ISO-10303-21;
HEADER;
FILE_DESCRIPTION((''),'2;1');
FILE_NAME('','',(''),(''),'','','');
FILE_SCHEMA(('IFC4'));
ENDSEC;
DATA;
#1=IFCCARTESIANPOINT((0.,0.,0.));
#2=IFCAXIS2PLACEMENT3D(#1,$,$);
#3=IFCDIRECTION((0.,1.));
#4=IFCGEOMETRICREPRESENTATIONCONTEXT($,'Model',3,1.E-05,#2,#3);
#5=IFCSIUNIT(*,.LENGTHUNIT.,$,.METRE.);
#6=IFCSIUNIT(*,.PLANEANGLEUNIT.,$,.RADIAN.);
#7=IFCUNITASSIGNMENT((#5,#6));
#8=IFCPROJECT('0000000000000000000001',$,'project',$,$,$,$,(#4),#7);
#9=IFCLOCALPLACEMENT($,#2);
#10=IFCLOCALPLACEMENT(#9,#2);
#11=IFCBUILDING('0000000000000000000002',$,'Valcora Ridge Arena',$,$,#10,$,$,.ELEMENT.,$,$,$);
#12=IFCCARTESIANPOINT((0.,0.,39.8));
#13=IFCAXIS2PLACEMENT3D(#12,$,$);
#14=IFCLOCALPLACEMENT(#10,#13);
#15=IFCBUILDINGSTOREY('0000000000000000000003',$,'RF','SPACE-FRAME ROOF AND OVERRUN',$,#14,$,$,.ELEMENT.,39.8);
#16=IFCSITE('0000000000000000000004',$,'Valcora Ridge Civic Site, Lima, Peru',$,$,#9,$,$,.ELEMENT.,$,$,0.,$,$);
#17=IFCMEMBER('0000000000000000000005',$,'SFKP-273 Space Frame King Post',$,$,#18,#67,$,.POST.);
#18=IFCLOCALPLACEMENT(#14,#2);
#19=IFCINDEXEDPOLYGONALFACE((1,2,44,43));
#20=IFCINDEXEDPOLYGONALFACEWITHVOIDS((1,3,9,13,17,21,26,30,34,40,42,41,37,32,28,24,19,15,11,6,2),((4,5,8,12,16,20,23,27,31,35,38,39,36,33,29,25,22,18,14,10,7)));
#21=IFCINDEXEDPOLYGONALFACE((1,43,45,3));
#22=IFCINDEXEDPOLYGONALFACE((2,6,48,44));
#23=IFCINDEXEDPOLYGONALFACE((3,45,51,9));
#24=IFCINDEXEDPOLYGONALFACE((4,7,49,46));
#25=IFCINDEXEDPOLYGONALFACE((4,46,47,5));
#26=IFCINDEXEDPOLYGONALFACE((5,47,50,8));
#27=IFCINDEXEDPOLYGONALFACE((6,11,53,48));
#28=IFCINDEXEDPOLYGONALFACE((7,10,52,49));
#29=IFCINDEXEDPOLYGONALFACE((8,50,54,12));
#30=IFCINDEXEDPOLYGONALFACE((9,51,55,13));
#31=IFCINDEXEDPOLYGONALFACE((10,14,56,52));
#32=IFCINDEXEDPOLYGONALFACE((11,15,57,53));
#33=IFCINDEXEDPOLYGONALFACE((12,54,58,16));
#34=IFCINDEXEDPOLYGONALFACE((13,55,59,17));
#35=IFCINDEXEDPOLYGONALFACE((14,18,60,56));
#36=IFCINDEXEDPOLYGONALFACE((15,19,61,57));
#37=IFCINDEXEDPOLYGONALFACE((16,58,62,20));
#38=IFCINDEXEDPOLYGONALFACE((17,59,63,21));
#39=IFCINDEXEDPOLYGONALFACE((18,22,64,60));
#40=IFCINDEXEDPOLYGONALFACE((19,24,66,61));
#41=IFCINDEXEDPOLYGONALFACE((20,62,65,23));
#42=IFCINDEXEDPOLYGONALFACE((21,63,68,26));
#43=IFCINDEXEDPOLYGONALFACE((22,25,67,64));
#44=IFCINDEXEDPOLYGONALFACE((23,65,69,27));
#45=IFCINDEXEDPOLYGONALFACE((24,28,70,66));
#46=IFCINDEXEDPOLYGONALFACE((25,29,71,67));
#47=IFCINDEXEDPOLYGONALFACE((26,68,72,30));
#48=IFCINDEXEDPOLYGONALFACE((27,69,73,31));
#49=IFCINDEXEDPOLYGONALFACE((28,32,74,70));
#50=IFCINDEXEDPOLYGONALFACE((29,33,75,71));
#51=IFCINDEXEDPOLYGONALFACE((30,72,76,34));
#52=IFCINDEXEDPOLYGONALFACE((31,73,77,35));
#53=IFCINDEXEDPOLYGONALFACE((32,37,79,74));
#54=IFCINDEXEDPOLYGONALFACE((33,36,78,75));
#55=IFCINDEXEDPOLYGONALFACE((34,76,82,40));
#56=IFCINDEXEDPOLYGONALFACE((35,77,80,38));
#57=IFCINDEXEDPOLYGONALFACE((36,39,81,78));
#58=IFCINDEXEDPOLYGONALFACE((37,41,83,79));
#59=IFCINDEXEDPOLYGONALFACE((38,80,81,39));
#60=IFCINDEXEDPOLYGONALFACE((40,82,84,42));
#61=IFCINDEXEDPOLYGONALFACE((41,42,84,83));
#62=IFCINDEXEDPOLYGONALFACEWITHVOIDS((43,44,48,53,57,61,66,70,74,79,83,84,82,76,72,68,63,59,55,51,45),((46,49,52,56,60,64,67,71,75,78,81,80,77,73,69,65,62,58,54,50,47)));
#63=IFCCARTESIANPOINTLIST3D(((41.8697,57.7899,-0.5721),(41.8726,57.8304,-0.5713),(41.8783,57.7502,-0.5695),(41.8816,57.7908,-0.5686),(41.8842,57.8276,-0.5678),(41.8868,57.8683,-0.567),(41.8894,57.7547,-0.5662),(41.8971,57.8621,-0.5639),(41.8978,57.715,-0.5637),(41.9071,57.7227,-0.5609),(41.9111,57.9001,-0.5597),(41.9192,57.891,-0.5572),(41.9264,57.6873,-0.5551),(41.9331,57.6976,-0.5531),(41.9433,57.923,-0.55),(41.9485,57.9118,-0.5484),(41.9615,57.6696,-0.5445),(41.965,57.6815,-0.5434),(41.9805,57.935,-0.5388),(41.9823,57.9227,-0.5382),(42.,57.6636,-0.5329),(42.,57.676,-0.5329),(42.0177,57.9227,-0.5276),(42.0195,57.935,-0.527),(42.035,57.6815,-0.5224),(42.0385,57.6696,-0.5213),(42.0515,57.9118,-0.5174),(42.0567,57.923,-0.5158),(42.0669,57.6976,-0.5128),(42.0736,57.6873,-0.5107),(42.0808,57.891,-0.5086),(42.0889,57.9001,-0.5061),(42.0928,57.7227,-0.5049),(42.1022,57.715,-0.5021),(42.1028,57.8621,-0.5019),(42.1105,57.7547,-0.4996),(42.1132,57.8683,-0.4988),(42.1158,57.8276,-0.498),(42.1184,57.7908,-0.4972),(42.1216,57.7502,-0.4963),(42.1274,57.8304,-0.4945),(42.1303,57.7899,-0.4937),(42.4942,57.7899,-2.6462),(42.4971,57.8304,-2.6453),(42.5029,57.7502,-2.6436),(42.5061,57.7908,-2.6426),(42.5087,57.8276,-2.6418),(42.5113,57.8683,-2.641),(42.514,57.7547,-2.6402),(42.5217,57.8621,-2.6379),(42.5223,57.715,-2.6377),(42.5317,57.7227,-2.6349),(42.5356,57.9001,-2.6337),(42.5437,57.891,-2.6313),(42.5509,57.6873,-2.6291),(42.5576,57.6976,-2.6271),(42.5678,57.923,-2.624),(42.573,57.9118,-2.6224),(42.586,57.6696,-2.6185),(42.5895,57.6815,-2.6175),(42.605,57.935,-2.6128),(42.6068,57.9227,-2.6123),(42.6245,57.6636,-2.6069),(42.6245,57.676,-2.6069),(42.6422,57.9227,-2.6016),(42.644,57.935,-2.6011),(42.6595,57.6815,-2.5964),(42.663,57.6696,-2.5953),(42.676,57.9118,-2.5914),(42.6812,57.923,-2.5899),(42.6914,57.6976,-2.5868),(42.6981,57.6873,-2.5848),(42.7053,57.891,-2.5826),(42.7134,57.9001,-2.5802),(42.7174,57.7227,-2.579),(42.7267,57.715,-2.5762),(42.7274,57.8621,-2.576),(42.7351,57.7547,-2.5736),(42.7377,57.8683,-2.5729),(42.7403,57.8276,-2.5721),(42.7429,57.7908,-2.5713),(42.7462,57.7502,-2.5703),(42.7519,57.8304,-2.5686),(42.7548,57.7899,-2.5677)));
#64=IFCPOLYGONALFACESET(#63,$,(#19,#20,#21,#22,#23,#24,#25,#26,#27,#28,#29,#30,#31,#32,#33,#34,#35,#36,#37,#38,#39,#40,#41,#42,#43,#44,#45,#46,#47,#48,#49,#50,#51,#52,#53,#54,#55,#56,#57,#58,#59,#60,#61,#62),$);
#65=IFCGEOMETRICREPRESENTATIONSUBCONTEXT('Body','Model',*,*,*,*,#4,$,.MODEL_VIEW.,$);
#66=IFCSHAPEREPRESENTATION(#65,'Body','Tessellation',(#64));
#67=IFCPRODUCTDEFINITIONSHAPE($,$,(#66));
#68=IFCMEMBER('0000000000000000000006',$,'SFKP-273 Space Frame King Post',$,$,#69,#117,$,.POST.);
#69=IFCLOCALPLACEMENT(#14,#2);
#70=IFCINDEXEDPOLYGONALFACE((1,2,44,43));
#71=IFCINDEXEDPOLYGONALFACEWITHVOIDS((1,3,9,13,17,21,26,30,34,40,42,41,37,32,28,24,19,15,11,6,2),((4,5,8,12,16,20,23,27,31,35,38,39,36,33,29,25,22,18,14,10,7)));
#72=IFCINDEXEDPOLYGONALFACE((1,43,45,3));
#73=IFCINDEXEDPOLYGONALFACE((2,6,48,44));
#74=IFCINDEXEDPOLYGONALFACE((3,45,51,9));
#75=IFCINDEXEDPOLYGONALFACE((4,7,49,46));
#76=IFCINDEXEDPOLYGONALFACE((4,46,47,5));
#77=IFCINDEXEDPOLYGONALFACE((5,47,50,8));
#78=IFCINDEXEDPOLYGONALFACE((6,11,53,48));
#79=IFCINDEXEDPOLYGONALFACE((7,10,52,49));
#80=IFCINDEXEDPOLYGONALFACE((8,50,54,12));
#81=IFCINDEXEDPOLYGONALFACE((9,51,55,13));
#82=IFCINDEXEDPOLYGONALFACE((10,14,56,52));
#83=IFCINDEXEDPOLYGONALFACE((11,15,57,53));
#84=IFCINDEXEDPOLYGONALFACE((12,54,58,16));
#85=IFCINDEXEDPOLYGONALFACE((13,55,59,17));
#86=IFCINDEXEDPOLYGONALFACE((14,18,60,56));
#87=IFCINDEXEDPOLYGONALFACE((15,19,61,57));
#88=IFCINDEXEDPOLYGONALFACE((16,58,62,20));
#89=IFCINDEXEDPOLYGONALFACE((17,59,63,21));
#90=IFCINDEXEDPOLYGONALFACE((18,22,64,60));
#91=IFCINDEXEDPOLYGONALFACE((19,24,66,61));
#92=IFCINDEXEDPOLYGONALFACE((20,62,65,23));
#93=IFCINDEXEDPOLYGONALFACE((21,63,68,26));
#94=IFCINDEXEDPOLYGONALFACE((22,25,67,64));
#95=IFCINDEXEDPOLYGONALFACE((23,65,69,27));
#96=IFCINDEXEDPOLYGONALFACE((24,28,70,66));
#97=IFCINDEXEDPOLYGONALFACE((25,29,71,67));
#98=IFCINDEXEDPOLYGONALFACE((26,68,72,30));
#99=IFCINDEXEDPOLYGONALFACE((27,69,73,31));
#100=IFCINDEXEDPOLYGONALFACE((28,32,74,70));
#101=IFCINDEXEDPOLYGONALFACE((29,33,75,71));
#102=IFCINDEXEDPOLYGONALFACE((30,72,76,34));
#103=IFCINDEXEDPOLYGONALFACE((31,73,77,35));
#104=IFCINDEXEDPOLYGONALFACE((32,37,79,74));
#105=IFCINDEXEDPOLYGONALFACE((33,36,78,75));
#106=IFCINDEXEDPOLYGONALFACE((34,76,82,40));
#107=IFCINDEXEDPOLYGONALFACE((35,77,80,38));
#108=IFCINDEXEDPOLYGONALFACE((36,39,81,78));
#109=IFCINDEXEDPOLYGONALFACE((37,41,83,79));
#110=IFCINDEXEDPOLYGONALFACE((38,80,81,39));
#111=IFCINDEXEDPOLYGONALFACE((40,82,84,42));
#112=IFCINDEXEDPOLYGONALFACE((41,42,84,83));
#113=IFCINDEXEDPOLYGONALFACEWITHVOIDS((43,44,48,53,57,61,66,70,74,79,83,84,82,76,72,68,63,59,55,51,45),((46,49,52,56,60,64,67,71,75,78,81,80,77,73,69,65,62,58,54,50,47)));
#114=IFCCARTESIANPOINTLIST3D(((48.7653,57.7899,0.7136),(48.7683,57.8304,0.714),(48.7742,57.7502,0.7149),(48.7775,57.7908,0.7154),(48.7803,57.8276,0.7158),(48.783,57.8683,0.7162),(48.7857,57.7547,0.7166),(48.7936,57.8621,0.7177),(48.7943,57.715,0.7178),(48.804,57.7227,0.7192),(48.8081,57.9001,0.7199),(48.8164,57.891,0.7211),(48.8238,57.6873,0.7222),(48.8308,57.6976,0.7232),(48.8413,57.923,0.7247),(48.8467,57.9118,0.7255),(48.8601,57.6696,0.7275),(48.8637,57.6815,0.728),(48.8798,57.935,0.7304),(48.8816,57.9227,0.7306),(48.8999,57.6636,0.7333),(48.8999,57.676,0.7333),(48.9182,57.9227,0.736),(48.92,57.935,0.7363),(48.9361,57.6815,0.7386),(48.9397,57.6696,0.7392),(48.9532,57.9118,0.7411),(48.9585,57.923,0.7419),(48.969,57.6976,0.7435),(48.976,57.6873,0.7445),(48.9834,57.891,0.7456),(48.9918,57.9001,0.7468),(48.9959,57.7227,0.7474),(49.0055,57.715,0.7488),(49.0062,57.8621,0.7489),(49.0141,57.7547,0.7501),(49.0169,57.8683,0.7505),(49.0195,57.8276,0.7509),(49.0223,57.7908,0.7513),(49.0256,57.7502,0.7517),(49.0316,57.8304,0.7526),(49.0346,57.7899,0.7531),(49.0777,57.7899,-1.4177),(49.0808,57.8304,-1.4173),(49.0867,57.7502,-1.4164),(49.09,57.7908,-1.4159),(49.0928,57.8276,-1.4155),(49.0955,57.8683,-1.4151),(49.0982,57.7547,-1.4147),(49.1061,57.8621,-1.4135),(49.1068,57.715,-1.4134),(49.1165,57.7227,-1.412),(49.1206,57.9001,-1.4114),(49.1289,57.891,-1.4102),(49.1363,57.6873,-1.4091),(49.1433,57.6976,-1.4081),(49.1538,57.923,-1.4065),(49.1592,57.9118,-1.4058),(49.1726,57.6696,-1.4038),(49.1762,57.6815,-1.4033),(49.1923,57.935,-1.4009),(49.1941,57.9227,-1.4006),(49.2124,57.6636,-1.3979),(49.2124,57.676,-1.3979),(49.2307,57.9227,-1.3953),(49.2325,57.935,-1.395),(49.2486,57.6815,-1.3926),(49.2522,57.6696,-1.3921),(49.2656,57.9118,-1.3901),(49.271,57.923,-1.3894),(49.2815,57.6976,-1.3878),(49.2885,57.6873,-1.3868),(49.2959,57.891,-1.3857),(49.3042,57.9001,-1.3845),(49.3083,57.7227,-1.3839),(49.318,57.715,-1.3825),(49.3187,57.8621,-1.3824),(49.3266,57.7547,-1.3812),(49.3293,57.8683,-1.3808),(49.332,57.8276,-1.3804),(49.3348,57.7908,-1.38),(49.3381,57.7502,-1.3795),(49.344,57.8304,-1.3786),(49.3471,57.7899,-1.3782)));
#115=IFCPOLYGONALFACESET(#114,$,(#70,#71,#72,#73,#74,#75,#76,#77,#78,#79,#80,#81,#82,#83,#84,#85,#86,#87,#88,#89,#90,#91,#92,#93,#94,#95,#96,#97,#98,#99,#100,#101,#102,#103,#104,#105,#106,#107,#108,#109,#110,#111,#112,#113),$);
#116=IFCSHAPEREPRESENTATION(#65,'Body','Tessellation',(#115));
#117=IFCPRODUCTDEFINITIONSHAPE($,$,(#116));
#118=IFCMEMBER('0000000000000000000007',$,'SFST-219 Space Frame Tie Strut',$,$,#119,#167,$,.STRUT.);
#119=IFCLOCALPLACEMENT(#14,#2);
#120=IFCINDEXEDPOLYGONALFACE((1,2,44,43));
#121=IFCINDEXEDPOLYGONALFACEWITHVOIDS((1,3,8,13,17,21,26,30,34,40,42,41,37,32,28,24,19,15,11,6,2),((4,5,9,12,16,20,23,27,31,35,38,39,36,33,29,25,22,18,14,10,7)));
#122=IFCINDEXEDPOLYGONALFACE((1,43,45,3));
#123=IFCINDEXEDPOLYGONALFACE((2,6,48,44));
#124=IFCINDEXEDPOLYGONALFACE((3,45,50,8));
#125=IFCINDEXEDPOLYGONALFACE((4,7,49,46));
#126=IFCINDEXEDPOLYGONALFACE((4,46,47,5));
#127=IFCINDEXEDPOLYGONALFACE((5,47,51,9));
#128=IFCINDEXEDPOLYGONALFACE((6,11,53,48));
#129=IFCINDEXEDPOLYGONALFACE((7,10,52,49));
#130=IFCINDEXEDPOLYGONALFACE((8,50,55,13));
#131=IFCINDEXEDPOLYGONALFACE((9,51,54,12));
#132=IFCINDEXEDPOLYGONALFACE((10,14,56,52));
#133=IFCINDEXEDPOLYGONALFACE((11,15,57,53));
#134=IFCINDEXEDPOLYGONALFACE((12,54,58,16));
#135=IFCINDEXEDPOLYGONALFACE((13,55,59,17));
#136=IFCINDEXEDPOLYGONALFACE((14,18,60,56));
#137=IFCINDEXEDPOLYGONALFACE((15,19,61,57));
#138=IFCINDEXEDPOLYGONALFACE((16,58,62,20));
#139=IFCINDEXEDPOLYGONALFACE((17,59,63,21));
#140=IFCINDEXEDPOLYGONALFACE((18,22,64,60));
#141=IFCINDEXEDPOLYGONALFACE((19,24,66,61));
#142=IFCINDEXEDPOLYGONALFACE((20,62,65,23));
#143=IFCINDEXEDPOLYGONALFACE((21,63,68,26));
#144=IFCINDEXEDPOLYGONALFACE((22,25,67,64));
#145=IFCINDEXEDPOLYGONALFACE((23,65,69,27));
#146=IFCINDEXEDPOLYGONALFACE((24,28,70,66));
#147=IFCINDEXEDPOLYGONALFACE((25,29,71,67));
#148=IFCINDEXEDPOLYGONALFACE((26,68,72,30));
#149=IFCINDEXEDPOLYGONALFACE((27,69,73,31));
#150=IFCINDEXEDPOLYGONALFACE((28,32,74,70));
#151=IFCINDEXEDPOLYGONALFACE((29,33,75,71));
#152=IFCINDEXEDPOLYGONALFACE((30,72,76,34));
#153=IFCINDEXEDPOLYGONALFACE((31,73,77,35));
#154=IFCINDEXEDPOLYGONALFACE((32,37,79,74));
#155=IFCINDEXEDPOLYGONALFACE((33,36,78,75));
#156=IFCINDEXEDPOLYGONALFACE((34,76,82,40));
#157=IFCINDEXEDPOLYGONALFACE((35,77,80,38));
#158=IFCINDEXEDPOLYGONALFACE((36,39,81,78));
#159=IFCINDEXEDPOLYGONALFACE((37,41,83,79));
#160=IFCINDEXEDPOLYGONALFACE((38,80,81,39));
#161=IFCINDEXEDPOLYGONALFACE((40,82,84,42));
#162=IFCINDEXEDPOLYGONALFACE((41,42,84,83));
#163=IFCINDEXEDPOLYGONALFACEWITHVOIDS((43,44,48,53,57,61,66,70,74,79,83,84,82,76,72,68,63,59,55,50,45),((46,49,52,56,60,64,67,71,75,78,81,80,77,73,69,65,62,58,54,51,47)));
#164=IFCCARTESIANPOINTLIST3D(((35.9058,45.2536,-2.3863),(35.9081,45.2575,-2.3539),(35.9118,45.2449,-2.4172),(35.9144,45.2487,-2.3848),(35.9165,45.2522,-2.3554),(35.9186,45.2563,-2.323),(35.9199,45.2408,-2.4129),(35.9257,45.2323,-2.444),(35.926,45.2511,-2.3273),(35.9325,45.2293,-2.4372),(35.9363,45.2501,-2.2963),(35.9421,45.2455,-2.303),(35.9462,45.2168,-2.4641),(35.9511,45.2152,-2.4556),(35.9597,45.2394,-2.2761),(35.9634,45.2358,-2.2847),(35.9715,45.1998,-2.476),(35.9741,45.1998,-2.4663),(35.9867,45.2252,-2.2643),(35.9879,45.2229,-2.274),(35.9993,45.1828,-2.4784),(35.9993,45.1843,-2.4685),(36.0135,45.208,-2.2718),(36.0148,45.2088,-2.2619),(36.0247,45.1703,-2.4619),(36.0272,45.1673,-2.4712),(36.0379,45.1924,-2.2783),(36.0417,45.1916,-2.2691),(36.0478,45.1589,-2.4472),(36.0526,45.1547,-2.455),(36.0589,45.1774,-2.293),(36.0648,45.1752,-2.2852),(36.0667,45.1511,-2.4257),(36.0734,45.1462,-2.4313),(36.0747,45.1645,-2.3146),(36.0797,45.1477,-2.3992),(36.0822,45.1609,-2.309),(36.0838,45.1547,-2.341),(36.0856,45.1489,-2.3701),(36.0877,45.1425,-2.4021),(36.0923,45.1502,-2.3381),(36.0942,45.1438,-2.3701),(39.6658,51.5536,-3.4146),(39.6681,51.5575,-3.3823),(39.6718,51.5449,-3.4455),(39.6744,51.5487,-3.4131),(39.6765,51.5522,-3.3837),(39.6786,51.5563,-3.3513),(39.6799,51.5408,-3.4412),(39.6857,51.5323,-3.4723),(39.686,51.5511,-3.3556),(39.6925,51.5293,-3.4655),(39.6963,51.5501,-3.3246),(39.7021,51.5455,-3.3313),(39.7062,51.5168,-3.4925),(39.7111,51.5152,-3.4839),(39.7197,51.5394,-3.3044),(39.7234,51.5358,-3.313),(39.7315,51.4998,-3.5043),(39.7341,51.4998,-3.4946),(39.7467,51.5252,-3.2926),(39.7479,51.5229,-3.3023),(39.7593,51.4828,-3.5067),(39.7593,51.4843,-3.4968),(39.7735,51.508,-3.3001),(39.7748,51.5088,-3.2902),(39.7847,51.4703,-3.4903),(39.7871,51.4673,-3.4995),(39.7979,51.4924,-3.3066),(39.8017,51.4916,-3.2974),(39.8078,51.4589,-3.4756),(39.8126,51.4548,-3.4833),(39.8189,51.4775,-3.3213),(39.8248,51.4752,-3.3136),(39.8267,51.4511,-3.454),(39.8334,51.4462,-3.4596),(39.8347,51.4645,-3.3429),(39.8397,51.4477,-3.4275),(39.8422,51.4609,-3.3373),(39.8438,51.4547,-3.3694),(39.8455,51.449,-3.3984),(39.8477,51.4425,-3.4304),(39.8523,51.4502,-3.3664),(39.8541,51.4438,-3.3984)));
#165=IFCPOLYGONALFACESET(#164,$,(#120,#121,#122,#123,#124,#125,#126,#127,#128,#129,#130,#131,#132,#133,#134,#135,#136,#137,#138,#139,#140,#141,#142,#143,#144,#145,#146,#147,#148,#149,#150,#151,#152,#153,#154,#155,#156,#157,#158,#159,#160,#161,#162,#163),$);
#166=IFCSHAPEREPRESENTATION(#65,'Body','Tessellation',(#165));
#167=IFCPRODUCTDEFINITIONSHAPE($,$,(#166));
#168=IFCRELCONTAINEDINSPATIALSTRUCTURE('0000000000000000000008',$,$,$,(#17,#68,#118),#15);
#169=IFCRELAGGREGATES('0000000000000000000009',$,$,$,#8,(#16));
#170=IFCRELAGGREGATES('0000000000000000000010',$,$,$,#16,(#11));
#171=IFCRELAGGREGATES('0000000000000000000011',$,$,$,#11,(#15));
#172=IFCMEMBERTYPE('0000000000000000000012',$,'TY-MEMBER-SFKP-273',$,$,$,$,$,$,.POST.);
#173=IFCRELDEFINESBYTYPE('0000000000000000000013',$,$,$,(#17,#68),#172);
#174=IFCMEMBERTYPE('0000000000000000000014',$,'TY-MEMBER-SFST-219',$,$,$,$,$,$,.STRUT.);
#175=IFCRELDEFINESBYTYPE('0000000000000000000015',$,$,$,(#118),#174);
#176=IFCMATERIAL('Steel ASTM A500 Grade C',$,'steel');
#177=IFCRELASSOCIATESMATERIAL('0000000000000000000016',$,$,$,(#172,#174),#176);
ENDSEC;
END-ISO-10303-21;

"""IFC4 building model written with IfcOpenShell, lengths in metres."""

from ifc_helpers import new_model, si_unit, direction, frame, origin, origin_2d, place, context, subcontext, project, spatial, hollow_circle, extrude, material, material_profile, profile_set, type_object, element, save


model = new_model("IFC4")

# Units and contexts
model_context = context("Model", 3, precision=1e-05, world=origin(), true_north=direction((0.0, 1.0)))
body_context = subcontext(model_context, "Body", "Model", "MODEL_VIEW")
ifc_project = project(units=[si_unit("LENGTHUNIT", "METRE"), si_unit("PLANEANGLEUNIT", "RADIAN")], contexts=[model_context])

# Site, building, storey
site_placement = place(None, origin())
site = spatial("IfcSite", under=ifc_project, at=site_placement, Name="Valcora Ridge Civic Site, Lima, Peru", CompositionType="ELEMENT", RefElevation=0.0)
building_placement = place(site_placement, origin())
building = spatial("IfcBuilding", under=site, at=building_placement, Name="Valcora Ridge Arena", CompositionType="ELEMENT")
storey_placement = place(building_placement, frame((0.0, 0.0, 39.8)))
storey = spatial("IfcBuildingStorey", under=building, at=storey_placement, Name="RF", Description="SPACE-FRAME ROOF AND OVERRUN", CompositionType="ELEMENT", Elevation=39.8)

# Members
ifc_material_1 = material(Name="Steel ASTM A500 Grade C", Category="steel")
ifc_material_profile_1 = material_profile(ifc_material_1, hollow_circle(Radius=0.1365, WallThickness=0.0125, at=origin_2d()), Name="CHS273X12")
ifc_profile_set_1 = profile_set([ifc_material_profile_1], Name="Steel ASTM A500 Grade C")
member_type_1 = type_object("IfcMemberType", Name="TY-MEMBER-SFKP-273", PredefinedType="POST", material=ifc_profile_set_1)
member_1_placement = place(storey_placement, frame((42.6245, 57.8, -2.6069), z_axis=(-0.28833, 0.0, 0.957531), x_axis=(0.0, -1.0, 0.0)))
element("IfcMember", 1, at=member_1_placement, inside=storey, type_object=member_type_1, Name="SFKP-273 Space Frame King Post", PredefinedType="POST", context=body_context, shape_type="SweptSolid", body=[
    extrude(hollow_circle(Radius=0.1365, WallThickness=0.0125, at=origin_2d()), origin(), (0.0, 0.0, 1.0), 2.166),
])
member_2_placement = place(storey_placement, frame((49.2124, 57.8, -1.3979), z_axis=(-0.14507, 0.0, 0.989421), x_axis=(0.0, -1.0, 0.0)))
element("IfcMember", 2, at=member_2_placement, inside=storey, type_object=member_type_1, Name="SFKP-273 Space Frame King Post", PredefinedType="POST", context=body_context, shape_type="SweptSolid", body=[
    extrude(hollow_circle(Radius=0.1365, WallThickness=0.0125, at=origin_2d()), origin(), (0.0, 0.0, 1.0), 2.1541),
])
ifc_material_profile_2 = material_profile(ifc_material_1, hollow_circle(Radius=0.1096, WallThickness=0.01, at=origin_2d()), Name="CHS219X10")
ifc_profile_set_2 = profile_set([ifc_material_profile_2], Name="Steel ASTM A500 Grade C")
member_type_2 = type_object("IfcMemberType", Name="TY-MEMBER-SFST-219", PredefinedType="STRUT", material=ifc_profile_set_2)
member_3_placement = place(storey_placement, frame((39.76, 51.5, -3.3984), z_axis=(-0.507527, -0.850382, 0.138803), x_axis=(0.858694, -0.512488, 0.0)))
element("IfcMember", 3, at=member_3_placement, inside=storey, type_object=member_type_2, Name="SFST-219 Space Frame Tie Strut", PredefinedType="STRUT", context=body_context, shape_type="SweptSolid", body=[
    extrude(hollow_circle(Radius=0.1096, WallThickness=0.01, at=origin_2d()), origin(), (0.0, 0.0, 1.0), 7.4084),
])

save(model, "model.ifc")
